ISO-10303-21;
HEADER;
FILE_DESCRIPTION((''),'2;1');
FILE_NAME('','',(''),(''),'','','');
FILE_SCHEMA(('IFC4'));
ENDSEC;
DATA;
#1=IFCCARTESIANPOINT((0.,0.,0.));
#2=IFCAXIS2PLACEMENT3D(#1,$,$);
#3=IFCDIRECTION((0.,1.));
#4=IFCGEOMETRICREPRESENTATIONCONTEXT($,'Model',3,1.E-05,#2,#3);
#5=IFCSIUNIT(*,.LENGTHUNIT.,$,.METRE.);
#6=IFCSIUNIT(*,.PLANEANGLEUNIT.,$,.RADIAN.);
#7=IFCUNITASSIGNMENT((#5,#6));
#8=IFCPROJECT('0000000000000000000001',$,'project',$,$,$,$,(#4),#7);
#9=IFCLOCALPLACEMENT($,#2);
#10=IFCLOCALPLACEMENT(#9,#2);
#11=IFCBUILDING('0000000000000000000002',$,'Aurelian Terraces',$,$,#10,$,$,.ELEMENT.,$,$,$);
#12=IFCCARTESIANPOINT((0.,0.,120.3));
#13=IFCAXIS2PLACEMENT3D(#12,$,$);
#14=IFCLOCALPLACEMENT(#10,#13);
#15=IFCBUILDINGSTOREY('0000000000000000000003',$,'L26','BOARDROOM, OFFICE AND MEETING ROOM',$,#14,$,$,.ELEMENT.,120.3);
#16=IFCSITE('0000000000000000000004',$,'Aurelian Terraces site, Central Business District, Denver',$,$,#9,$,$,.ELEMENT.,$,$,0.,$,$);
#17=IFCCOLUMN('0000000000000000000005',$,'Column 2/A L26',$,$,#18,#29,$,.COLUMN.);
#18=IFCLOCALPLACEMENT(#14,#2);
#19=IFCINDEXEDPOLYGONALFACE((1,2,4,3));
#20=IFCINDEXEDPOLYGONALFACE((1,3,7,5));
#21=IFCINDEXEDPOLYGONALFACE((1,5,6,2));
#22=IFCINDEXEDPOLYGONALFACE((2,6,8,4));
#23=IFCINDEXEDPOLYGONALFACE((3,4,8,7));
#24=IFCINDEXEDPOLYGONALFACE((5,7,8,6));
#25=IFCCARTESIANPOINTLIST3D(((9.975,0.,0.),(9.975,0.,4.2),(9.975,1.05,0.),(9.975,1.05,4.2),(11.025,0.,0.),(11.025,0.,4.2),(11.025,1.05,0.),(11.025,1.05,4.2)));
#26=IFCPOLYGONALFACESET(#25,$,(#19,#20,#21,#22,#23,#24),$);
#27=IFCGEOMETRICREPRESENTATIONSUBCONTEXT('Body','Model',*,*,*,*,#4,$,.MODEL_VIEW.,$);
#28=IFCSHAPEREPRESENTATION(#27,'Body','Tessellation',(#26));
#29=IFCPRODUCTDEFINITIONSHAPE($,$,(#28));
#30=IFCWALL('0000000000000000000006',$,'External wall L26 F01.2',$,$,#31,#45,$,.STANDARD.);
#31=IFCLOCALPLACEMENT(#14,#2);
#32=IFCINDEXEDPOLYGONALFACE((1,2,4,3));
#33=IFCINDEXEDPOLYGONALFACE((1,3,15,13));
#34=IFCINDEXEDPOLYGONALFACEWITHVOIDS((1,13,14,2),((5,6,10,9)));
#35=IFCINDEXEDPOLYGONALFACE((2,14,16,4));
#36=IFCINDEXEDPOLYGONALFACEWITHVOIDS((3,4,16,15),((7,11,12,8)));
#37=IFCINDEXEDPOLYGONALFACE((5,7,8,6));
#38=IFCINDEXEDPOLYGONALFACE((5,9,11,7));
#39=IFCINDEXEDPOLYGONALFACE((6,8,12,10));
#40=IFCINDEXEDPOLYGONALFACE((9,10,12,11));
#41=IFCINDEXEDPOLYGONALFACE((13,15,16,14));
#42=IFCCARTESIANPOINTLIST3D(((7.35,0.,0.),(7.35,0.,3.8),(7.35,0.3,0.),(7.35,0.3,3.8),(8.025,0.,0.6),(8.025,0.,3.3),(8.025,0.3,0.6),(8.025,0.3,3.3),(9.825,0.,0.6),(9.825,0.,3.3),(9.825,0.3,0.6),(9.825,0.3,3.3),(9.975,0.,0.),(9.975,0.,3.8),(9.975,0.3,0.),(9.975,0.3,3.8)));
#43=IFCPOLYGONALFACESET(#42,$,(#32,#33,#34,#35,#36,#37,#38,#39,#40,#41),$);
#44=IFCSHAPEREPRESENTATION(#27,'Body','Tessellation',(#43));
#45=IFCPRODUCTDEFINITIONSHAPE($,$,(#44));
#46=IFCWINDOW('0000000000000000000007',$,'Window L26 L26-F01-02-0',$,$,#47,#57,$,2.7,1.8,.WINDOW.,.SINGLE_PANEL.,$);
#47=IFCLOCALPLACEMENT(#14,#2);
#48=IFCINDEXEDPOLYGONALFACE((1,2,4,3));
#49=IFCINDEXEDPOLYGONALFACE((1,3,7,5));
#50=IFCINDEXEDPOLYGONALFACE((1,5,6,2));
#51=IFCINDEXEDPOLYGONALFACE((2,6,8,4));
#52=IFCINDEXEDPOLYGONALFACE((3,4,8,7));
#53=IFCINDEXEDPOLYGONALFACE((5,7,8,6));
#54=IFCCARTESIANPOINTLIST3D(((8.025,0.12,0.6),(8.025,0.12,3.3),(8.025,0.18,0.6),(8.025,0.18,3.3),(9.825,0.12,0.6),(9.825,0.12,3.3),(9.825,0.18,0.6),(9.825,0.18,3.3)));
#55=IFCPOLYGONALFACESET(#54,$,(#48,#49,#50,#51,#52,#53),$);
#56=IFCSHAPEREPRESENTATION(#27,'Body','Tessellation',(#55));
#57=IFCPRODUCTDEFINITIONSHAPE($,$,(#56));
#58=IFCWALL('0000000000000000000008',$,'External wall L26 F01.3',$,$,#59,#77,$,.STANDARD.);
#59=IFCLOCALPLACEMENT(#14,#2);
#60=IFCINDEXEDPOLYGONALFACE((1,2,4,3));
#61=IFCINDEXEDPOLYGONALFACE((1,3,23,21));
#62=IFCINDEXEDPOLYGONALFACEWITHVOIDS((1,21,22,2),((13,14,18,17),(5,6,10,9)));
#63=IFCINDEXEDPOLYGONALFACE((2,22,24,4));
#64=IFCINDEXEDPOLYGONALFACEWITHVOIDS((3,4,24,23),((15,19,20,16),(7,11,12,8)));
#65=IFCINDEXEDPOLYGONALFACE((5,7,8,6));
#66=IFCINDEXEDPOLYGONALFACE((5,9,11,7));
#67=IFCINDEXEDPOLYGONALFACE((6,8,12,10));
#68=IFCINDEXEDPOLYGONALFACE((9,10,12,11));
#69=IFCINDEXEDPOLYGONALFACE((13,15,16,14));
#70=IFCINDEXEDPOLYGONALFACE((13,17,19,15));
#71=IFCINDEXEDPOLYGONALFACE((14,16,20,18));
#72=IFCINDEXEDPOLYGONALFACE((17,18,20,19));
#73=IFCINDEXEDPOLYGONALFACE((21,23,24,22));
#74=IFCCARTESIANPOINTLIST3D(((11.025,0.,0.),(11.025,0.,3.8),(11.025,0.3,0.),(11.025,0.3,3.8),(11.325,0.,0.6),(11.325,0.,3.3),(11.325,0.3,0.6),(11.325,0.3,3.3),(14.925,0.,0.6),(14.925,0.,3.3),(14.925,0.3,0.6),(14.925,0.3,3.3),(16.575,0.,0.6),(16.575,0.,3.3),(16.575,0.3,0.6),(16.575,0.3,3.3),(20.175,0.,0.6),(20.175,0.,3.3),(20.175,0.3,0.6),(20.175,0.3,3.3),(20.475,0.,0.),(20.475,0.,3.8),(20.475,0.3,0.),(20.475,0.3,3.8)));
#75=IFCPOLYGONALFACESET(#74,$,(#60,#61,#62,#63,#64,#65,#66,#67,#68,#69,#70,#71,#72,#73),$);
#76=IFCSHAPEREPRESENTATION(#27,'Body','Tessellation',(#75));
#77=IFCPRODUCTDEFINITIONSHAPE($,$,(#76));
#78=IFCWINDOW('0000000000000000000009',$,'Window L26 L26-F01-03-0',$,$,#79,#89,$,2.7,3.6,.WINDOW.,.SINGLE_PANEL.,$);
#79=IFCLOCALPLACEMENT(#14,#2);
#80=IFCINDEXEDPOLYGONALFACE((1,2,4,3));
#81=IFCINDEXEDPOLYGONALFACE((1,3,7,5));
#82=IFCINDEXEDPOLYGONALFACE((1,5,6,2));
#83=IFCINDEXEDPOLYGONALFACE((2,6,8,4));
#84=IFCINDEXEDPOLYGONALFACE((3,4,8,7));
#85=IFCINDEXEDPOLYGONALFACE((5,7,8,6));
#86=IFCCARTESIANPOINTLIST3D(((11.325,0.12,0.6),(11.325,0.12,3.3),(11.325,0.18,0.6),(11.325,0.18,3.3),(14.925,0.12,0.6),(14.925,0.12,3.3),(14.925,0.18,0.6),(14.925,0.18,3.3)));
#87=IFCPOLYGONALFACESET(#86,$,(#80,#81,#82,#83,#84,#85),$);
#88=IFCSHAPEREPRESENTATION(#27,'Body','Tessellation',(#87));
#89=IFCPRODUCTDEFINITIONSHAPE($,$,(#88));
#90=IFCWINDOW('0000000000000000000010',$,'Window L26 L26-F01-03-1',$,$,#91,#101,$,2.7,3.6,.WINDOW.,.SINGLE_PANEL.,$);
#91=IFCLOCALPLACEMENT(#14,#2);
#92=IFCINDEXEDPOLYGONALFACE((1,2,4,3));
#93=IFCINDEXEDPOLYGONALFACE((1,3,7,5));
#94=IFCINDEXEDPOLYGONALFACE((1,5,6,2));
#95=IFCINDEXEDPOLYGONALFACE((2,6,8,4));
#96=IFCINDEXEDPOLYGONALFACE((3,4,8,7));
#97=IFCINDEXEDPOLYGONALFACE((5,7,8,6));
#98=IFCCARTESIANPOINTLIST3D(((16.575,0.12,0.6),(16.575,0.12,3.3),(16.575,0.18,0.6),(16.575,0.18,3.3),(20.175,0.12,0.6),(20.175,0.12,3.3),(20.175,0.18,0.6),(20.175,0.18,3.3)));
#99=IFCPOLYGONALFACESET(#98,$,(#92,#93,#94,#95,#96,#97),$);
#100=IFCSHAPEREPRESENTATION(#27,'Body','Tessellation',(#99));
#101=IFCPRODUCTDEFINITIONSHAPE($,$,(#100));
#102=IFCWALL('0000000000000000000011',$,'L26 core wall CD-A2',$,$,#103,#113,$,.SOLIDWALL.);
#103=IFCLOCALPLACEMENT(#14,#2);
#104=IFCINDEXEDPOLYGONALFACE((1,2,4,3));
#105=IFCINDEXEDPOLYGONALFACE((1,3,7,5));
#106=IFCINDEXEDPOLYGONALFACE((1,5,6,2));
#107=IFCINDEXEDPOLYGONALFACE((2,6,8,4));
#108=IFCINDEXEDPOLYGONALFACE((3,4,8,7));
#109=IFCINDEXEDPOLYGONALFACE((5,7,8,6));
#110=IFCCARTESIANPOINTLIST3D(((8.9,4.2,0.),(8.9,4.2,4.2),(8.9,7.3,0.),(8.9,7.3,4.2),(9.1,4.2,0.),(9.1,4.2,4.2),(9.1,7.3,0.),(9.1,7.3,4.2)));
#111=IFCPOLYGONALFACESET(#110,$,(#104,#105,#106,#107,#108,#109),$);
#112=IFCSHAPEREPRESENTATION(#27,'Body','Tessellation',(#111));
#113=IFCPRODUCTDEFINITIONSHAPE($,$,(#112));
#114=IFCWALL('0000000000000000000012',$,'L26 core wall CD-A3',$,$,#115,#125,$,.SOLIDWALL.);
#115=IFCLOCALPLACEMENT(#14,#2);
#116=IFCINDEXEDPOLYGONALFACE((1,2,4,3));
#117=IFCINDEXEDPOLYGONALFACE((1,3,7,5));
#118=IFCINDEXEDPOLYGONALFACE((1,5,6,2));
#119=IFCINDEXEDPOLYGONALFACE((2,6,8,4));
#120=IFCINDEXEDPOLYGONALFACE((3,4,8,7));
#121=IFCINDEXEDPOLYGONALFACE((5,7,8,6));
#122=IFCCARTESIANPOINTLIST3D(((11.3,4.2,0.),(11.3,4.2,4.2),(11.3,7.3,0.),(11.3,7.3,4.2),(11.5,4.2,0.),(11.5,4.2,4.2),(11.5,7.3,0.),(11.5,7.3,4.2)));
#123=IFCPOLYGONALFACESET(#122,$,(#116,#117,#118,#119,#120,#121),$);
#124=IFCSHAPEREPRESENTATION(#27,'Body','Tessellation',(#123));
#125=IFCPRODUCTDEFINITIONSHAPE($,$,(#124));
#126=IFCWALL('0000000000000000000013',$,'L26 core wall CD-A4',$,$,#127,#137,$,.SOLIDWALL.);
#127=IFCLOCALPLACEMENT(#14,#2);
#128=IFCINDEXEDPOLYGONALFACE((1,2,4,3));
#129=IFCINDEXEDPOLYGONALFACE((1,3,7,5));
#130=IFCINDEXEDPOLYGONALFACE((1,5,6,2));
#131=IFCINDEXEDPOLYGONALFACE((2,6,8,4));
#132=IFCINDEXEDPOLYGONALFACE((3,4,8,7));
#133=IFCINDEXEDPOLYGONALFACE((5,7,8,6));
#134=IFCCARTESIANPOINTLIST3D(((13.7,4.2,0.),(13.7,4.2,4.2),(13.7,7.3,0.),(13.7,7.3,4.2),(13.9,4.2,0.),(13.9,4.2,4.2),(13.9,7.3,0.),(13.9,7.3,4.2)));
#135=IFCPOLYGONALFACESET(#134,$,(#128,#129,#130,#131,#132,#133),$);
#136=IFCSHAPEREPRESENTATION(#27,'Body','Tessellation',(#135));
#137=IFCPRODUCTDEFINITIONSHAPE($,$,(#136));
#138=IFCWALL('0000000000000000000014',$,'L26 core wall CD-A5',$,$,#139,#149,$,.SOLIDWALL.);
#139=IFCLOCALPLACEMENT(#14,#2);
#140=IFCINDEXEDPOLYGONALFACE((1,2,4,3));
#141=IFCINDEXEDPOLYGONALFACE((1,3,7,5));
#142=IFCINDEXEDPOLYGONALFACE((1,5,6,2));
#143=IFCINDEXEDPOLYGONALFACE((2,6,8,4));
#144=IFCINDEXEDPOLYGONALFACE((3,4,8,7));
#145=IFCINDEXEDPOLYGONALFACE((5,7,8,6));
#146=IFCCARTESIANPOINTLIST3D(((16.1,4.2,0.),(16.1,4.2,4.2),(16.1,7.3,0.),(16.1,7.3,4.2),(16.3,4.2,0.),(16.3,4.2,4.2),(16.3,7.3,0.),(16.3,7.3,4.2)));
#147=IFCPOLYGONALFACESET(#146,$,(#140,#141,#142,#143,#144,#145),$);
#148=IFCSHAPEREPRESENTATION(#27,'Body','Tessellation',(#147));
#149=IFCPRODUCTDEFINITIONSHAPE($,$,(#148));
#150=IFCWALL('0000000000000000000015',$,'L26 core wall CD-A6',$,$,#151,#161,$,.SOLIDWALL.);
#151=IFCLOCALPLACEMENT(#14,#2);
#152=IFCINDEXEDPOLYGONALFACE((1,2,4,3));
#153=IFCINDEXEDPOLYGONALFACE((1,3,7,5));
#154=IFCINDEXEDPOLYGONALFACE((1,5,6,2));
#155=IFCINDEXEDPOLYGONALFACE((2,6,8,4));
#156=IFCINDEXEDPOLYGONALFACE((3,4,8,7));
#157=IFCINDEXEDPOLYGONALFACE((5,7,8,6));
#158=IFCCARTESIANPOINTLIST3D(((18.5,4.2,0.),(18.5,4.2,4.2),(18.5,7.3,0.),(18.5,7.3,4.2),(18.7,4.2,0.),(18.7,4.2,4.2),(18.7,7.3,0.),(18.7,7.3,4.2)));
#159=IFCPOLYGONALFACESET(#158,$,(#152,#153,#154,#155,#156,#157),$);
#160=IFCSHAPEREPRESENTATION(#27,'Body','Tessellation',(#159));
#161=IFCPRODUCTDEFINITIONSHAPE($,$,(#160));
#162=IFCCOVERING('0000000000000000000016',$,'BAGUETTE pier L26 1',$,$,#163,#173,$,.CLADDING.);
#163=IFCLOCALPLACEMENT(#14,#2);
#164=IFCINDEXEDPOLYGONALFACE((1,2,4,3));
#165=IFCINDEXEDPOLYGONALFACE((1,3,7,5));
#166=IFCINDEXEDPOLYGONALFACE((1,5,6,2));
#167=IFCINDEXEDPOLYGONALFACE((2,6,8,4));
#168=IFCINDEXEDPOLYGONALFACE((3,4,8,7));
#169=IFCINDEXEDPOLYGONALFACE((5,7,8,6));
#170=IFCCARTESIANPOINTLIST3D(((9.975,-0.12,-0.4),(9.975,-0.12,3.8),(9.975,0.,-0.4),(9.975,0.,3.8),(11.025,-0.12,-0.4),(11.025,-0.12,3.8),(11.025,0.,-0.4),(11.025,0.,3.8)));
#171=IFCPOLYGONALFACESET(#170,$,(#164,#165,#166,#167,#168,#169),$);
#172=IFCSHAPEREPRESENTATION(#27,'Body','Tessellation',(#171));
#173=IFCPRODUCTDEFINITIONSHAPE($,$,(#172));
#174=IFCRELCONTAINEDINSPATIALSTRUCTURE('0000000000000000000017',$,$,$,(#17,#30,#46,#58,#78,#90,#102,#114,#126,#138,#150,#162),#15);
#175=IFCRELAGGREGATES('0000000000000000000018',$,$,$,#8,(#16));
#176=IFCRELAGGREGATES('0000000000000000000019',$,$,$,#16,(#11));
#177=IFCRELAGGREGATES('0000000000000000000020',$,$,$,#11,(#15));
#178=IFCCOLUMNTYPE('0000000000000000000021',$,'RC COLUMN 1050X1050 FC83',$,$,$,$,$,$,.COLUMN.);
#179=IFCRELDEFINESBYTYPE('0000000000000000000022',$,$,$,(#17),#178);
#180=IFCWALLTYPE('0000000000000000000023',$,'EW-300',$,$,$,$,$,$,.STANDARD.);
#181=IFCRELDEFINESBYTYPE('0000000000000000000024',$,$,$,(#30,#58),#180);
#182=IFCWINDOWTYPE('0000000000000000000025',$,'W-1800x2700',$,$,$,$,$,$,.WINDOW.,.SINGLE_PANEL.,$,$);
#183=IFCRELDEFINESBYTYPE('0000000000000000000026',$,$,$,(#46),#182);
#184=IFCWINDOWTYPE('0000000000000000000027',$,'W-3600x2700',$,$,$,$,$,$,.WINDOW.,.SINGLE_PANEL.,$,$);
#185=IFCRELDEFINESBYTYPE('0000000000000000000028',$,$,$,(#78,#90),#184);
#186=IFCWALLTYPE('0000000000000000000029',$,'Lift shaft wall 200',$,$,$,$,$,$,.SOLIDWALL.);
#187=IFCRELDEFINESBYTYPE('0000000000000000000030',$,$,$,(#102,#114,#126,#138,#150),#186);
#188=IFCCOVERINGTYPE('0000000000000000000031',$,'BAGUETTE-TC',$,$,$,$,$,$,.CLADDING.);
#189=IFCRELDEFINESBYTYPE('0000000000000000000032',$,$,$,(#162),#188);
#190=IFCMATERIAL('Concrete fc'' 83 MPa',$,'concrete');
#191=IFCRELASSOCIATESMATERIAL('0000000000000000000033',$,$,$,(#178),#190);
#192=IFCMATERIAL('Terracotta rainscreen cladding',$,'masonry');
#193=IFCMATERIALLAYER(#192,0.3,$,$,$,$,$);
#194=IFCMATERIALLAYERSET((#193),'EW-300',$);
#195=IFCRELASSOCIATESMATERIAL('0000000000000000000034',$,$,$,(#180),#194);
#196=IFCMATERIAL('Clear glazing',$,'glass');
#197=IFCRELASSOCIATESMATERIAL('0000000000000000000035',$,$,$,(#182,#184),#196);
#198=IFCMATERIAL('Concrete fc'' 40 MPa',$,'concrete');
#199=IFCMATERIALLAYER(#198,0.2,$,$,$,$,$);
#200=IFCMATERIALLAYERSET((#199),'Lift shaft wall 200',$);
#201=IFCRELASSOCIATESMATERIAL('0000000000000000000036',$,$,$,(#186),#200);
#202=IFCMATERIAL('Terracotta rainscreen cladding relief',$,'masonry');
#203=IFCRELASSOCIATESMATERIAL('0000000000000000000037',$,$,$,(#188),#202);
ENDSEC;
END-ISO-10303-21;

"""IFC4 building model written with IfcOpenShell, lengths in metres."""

from ifc_helpers import new_model, si_unit, direction, frame, frame_2d, origin, origin_2d, place, context, subcontext, project, spatial, rectangle, extrude, source, transform, mapped, material, layer, layer_set, material_profile, profile_set, type_object, element, fill, save


model = new_model("IFC4")

# Units and contexts
model_context = context("Model", 3, precision=1e-05, world=origin(), true_north=direction((0.0, 1.0)))
body_context = subcontext(model_context, "Body", "Model", "MODEL_VIEW")
ifc_project = project(units=[si_unit("LENGTHUNIT", "METRE"), si_unit("PLANEANGLEUNIT", "RADIAN")], contexts=[model_context])

# Site, building, storey
site_placement = place(None, origin())
site = spatial("IfcSite", under=ifc_project, at=site_placement, Name="Aurelian Terraces site, Central Business District, Denver", CompositionType="ELEMENT", RefElevation=0.0)
building_placement = place(site_placement, origin())
building = spatial("IfcBuilding", under=site, at=building_placement, Name="Aurelian Terraces", CompositionType="ELEMENT")
storey_placement = place(building_placement, frame((0.0, 0.0, 120.3)))
storey = spatial("IfcBuildingStorey", under=building, at=storey_placement, Name="L26", Description="BOARDROOM, OFFICE AND MEETING ROOM", CompositionType="ELEMENT", Elevation=120.3)

# Column
ifc_material_1 = material(Name="Concrete fc' 83 MPa", Category="concrete")
ifc_material_profile = material_profile(ifc_material_1, rectangle(XDim=1.05, YDim=1.05, at=origin_2d()))
ifc_profile_set = profile_set([ifc_material_profile], Name="Concrete fc' 83 MPa")
column_type = type_object("IfcColumnType", Name="RC COLUMN 1050X1050 FC83", PredefinedType="COLUMN", material=ifc_profile_set)
shared_shape_1 = source(origin(), body_context, "Body", "SweptSolid", [
    extrude(rectangle(XDim=1.05, YDim=1.05, at=origin_2d()), origin(), (0.0, 0.0, 1.0), 4.2),
])
column_placement = place(storey_placement, frame((10.5, 0.525, 0.0), z_axis=(0.0, 0.0, 1.0), x_axis=(1.0, 0.0, 0.0)))
element("IfcColumn", 1, at=column_placement, inside=storey, type_object=column_type, Name="Column 2/A L26", PredefinedType="COLUMN", context=body_context, shape_type="MappedRepresentation", body=[
    mapped(shared_shape_1, transform((0.0, 0.0, 0.0), scale=1.0)),
])

# Wall, opening, window
ifc_material_2 = material(Name="Terracotta rainscreen cladding", Category="masonry")
ifc_layer_1 = layer(ifc_material_2, 0.3)
ifc_layer_set_1 = layer_set([ifc_layer_1], Name="EW-300")
wall_type_1 = type_object("IfcWallType", Name="EW-300", PredefinedType="STANDARD", material=ifc_layer_set_1)
shared_shape_2 = source(origin(), body_context, "Body", "SweptSolid", [
    extrude(rectangle(XDim=2.625, YDim=0.3, at=frame_2d((1.3125, 0.0))), origin(), (0.0, 0.0, 1.0), 3.8),
])
wall_1_placement = place(storey_placement, frame((7.35, 0.15, 0.0), z_axis=(0.0, 0.0, 1.0), x_axis=(1.0, 0.0, 0.0)))
wall_1 = element("IfcWall", 2, at=wall_1_placement, inside=storey, type_object=wall_type_1, Name="External wall L26 F01.2", PredefinedType="STANDARD", context=body_context, shape_type="MappedRepresentation", body=[
    mapped(shared_shape_2, transform((0.0, 0.0, 0.0), scale=1.0)),
])
shared_shape_3 = source(origin(), body_context, "Body", "SweptSolid", [
    extrude(rectangle(XDim=1.8, YDim=2.7, at=frame_2d((0.9, 1.35))), frame((0.0, 0.16, 0.0), z_axis=(0.0, -1.0, 0.0), x_axis=(1.0, 0.0, 0.0)), (0.0, 0.0, 1.0), 0.32),
])
opening_1_placement = place(wall_1_placement, frame((0.675, 0.0, 0.6)))
opening_1 = element("IfcOpeningElement", 3, at=opening_1_placement, cuts=wall_1, PredefinedType="OPENING", context=body_context, shape_type="MappedRepresentation", body=[
    mapped(shared_shape_3, transform((0.0, 0.0, 0.0), scale=1.0)),
])
ifc_material_3 = material(Name="Clear glazing", Category="glass")
window_type_1 = type_object("IfcWindowType", Name="W-1800x2700", PartitioningType="SINGLE_PANEL", PredefinedType="WINDOW", material=ifc_material_3)
shared_shape_4 = source(origin(), body_context, "Body", "SweptSolid", [
    extrude(rectangle(XDim=1.8, YDim=2.7, at=frame_2d((0.9, 1.35))), frame((0.0, 0.03, 0.0), z_axis=(0.0, -1.0, 0.0), x_axis=(1.0, 0.0, 0.0)), (0.0, 0.0, 1.0), 0.06),
])
window_1_placement = place(opening_1_placement, origin())
window_1 = element("IfcWindow", 4, at=window_1_placement, inside=storey, type_object=window_type_1, Name="Window L26 L26-F01-02-0", OverallHeight=2.7, OverallWidth=1.8, PartitioningType="SINGLE_PANEL", PredefinedType="WINDOW", context=body_context, shape_type="MappedRepresentation", body=[
    mapped(shared_shape_4, transform((0.0, 0.0, 0.0), scale=1.0)),
])
fill(opening_1, window_1)

# Wall, openings, windows
shared_shape_5 = source(origin(), body_context, "Body", "SweptSolid", [
    extrude(rectangle(XDim=9.45, YDim=0.3, at=frame_2d((4.725, 0.0))), origin(), (0.0, 0.0, 1.0), 3.8),
])
wall_2_placement = place(storey_placement, frame((11.025, 0.15, 0.0), z_axis=(0.0, 0.0, 1.0), x_axis=(1.0, 0.0, 0.0)))
wall_2 = element("IfcWall", 5, at=wall_2_placement, inside=storey, type_object=wall_type_1, Name="External wall L26 F01.3", PredefinedType="STANDARD", context=body_context, shape_type="MappedRepresentation", body=[
    mapped(shared_shape_5, transform((0.0, 0.0, 0.0), scale=1.0)),
])
shared_shape_6 = source(origin(), body_context, "Body", "SweptSolid", [
    extrude(rectangle(XDim=3.6, YDim=2.7, at=frame_2d((1.8, 1.35))), frame((0.0, 0.16, 0.0), z_axis=(0.0, -1.0, 0.0), x_axis=(1.0, 0.0, 0.0)), (0.0, 0.0, 1.0), 0.32),
])
opening_2_placement = place(wall_2_placement, frame((0.3, 0.0, 0.6)))
opening_2 = element("IfcOpeningElement", 6, at=opening_2_placement, cuts=wall_2, PredefinedType="OPENING", context=body_context, shape_type="MappedRepresentation", body=[
    mapped(shared_shape_6, transform((0.0, 0.0, 0.0), scale=1.0)),
])
opening_3_placement = place(wall_2_placement, frame((5.55, 0.0, 0.6)))
opening_3 = element("IfcOpeningElement", 7, at=opening_3_placement, cuts=wall_2, PredefinedType="OPENING", context=body_context, shape_type="MappedRepresentation", body=[
    mapped(shared_shape_6, transform((0.0, 0.0, 0.0), scale=1.0)),
])
window_type_2 = type_object("IfcWindowType", Name="W-3600x2700", PartitioningType="SINGLE_PANEL", PredefinedType="WINDOW", material=ifc_material_3)
shared_shape_7 = source(origin(), body_context, "Body", "SweptSolid", [
    extrude(rectangle(XDim=3.6, YDim=2.7, at=frame_2d((1.8, 1.35))), frame((0.0, 0.03, 0.0), z_axis=(0.0, -1.0, 0.0), x_axis=(1.0, 0.0, 0.0)), (0.0, 0.0, 1.0), 0.06),
])
window_2_placement = place(opening_2_placement, origin())
window_2 = element("IfcWindow", 8, at=window_2_placement, inside=storey, type_object=window_type_2, Name="Window L26 L26-F01-03-0", OverallHeight=2.7, OverallWidth=3.6, PartitioningType="SINGLE_PANEL", PredefinedType="WINDOW", context=body_context, shape_type="MappedRepresentation", body=[
    mapped(shared_shape_7, transform((0.0, 0.0, 0.0), scale=1.0)),
])
fill(opening_2, window_2)
window_3_placement = place(opening_3_placement, origin())
window_3 = element("IfcWindow", 9, at=window_3_placement, inside=storey, type_object=window_type_2, Name="Window L26 L26-F01-03-1", OverallHeight=2.7, OverallWidth=3.6, PartitioningType="SINGLE_PANEL", PredefinedType="WINDOW", context=body_context, shape_type="MappedRepresentation", body=[
    mapped(shared_shape_7, transform((0.0, 0.0, 0.0), scale=1.0)),
])
fill(opening_3, window_3)

# Walls
ifc_material_4 = material(Name="Concrete fc' 40 MPa", Category="concrete")
ifc_layer_2 = layer(ifc_material_4, 0.2)
ifc_layer_set_2 = layer_set([ifc_layer_2], Name="Lift shaft wall 200")
wall_type_2 = type_object("IfcWallType", Name="Lift shaft wall 200", PredefinedType="SOLIDWALL", material=ifc_layer_set_2)
shared_shape_8 = source(origin(), body_context, "Body", "SweptSolid", [
    extrude(rectangle(XDim=3.1, YDim=0.2, at=frame_2d((1.55, 0.0))), origin(), (0.0, 0.0, 1.0), 4.2),
])
for number, where, z_axis, x_axis, name in (
    (10, (9.0, 4.2, 0.0), (0.0, 0.0, 1.0), (0.0, 1.0, 0.0), "L26 core wall CD-A2"),
    (11, (11.4, 4.2, 0.0), (0.0, 0.0, 1.0), (0.0, 1.0, 0.0), "L26 core wall CD-A3"),
    (12, (13.8, 4.2, 0.0), (0.0, 0.0, 1.0), (0.0, 1.0, 0.0), "L26 core wall CD-A4"),
    (13, (16.2, 4.2, 0.0), (0.0, 0.0, 1.0), (0.0, 1.0, 0.0), "L26 core wall CD-A5"),
    (14, (18.6, 4.2, 0.0), (0.0, 0.0, 1.0), (0.0, 1.0, 0.0), "L26 core wall CD-A6"),
):
    element("IfcWall", number, at=place(storey_placement, frame(where, z_axis=z_axis, x_axis=x_axis)), inside=storey, type_object=wall_type_2, Name=name, PredefinedType="SOLIDWALL", context=body_context, shape_type="MappedRepresentation", body=[
        mapped(shared_shape_8, transform((0.0, 0.0, 0.0), scale=1.0)),
    ])

# Covering
ifc_material_5 = material(Name="Terracotta rainscreen cladding relief", Category="masonry")
covering_type = type_object("IfcCoveringType", Name="BAGUETTE-TC", PredefinedType="CLADDING", material=ifc_material_5)
shared_shape_9 = source(origin(), body_context, "Body", "SweptSolid", [
    extrude(rectangle(XDim=1.05, YDim=0.12, at=origin_2d()), origin(), (0.0, 0.0, 1.0), 4.2),
])
covering_placement = place(storey_placement, frame((10.5, -0.06, -0.4), z_axis=(0.0, 0.0, 1.0), x_axis=(1.0, 0.0, 0.0)))
element("IfcCovering", 15, at=covering_placement, inside=storey, type_object=covering_type, Name="BAGUETTE pier L26 1", PredefinedType="CLADDING", context=body_context, shape_type="MappedRepresentation", body=[
    mapped(shared_shape_9, transform((0.0, 0.0, 0.0), scale=1.0)),
])

save(model, "model.ifc")
